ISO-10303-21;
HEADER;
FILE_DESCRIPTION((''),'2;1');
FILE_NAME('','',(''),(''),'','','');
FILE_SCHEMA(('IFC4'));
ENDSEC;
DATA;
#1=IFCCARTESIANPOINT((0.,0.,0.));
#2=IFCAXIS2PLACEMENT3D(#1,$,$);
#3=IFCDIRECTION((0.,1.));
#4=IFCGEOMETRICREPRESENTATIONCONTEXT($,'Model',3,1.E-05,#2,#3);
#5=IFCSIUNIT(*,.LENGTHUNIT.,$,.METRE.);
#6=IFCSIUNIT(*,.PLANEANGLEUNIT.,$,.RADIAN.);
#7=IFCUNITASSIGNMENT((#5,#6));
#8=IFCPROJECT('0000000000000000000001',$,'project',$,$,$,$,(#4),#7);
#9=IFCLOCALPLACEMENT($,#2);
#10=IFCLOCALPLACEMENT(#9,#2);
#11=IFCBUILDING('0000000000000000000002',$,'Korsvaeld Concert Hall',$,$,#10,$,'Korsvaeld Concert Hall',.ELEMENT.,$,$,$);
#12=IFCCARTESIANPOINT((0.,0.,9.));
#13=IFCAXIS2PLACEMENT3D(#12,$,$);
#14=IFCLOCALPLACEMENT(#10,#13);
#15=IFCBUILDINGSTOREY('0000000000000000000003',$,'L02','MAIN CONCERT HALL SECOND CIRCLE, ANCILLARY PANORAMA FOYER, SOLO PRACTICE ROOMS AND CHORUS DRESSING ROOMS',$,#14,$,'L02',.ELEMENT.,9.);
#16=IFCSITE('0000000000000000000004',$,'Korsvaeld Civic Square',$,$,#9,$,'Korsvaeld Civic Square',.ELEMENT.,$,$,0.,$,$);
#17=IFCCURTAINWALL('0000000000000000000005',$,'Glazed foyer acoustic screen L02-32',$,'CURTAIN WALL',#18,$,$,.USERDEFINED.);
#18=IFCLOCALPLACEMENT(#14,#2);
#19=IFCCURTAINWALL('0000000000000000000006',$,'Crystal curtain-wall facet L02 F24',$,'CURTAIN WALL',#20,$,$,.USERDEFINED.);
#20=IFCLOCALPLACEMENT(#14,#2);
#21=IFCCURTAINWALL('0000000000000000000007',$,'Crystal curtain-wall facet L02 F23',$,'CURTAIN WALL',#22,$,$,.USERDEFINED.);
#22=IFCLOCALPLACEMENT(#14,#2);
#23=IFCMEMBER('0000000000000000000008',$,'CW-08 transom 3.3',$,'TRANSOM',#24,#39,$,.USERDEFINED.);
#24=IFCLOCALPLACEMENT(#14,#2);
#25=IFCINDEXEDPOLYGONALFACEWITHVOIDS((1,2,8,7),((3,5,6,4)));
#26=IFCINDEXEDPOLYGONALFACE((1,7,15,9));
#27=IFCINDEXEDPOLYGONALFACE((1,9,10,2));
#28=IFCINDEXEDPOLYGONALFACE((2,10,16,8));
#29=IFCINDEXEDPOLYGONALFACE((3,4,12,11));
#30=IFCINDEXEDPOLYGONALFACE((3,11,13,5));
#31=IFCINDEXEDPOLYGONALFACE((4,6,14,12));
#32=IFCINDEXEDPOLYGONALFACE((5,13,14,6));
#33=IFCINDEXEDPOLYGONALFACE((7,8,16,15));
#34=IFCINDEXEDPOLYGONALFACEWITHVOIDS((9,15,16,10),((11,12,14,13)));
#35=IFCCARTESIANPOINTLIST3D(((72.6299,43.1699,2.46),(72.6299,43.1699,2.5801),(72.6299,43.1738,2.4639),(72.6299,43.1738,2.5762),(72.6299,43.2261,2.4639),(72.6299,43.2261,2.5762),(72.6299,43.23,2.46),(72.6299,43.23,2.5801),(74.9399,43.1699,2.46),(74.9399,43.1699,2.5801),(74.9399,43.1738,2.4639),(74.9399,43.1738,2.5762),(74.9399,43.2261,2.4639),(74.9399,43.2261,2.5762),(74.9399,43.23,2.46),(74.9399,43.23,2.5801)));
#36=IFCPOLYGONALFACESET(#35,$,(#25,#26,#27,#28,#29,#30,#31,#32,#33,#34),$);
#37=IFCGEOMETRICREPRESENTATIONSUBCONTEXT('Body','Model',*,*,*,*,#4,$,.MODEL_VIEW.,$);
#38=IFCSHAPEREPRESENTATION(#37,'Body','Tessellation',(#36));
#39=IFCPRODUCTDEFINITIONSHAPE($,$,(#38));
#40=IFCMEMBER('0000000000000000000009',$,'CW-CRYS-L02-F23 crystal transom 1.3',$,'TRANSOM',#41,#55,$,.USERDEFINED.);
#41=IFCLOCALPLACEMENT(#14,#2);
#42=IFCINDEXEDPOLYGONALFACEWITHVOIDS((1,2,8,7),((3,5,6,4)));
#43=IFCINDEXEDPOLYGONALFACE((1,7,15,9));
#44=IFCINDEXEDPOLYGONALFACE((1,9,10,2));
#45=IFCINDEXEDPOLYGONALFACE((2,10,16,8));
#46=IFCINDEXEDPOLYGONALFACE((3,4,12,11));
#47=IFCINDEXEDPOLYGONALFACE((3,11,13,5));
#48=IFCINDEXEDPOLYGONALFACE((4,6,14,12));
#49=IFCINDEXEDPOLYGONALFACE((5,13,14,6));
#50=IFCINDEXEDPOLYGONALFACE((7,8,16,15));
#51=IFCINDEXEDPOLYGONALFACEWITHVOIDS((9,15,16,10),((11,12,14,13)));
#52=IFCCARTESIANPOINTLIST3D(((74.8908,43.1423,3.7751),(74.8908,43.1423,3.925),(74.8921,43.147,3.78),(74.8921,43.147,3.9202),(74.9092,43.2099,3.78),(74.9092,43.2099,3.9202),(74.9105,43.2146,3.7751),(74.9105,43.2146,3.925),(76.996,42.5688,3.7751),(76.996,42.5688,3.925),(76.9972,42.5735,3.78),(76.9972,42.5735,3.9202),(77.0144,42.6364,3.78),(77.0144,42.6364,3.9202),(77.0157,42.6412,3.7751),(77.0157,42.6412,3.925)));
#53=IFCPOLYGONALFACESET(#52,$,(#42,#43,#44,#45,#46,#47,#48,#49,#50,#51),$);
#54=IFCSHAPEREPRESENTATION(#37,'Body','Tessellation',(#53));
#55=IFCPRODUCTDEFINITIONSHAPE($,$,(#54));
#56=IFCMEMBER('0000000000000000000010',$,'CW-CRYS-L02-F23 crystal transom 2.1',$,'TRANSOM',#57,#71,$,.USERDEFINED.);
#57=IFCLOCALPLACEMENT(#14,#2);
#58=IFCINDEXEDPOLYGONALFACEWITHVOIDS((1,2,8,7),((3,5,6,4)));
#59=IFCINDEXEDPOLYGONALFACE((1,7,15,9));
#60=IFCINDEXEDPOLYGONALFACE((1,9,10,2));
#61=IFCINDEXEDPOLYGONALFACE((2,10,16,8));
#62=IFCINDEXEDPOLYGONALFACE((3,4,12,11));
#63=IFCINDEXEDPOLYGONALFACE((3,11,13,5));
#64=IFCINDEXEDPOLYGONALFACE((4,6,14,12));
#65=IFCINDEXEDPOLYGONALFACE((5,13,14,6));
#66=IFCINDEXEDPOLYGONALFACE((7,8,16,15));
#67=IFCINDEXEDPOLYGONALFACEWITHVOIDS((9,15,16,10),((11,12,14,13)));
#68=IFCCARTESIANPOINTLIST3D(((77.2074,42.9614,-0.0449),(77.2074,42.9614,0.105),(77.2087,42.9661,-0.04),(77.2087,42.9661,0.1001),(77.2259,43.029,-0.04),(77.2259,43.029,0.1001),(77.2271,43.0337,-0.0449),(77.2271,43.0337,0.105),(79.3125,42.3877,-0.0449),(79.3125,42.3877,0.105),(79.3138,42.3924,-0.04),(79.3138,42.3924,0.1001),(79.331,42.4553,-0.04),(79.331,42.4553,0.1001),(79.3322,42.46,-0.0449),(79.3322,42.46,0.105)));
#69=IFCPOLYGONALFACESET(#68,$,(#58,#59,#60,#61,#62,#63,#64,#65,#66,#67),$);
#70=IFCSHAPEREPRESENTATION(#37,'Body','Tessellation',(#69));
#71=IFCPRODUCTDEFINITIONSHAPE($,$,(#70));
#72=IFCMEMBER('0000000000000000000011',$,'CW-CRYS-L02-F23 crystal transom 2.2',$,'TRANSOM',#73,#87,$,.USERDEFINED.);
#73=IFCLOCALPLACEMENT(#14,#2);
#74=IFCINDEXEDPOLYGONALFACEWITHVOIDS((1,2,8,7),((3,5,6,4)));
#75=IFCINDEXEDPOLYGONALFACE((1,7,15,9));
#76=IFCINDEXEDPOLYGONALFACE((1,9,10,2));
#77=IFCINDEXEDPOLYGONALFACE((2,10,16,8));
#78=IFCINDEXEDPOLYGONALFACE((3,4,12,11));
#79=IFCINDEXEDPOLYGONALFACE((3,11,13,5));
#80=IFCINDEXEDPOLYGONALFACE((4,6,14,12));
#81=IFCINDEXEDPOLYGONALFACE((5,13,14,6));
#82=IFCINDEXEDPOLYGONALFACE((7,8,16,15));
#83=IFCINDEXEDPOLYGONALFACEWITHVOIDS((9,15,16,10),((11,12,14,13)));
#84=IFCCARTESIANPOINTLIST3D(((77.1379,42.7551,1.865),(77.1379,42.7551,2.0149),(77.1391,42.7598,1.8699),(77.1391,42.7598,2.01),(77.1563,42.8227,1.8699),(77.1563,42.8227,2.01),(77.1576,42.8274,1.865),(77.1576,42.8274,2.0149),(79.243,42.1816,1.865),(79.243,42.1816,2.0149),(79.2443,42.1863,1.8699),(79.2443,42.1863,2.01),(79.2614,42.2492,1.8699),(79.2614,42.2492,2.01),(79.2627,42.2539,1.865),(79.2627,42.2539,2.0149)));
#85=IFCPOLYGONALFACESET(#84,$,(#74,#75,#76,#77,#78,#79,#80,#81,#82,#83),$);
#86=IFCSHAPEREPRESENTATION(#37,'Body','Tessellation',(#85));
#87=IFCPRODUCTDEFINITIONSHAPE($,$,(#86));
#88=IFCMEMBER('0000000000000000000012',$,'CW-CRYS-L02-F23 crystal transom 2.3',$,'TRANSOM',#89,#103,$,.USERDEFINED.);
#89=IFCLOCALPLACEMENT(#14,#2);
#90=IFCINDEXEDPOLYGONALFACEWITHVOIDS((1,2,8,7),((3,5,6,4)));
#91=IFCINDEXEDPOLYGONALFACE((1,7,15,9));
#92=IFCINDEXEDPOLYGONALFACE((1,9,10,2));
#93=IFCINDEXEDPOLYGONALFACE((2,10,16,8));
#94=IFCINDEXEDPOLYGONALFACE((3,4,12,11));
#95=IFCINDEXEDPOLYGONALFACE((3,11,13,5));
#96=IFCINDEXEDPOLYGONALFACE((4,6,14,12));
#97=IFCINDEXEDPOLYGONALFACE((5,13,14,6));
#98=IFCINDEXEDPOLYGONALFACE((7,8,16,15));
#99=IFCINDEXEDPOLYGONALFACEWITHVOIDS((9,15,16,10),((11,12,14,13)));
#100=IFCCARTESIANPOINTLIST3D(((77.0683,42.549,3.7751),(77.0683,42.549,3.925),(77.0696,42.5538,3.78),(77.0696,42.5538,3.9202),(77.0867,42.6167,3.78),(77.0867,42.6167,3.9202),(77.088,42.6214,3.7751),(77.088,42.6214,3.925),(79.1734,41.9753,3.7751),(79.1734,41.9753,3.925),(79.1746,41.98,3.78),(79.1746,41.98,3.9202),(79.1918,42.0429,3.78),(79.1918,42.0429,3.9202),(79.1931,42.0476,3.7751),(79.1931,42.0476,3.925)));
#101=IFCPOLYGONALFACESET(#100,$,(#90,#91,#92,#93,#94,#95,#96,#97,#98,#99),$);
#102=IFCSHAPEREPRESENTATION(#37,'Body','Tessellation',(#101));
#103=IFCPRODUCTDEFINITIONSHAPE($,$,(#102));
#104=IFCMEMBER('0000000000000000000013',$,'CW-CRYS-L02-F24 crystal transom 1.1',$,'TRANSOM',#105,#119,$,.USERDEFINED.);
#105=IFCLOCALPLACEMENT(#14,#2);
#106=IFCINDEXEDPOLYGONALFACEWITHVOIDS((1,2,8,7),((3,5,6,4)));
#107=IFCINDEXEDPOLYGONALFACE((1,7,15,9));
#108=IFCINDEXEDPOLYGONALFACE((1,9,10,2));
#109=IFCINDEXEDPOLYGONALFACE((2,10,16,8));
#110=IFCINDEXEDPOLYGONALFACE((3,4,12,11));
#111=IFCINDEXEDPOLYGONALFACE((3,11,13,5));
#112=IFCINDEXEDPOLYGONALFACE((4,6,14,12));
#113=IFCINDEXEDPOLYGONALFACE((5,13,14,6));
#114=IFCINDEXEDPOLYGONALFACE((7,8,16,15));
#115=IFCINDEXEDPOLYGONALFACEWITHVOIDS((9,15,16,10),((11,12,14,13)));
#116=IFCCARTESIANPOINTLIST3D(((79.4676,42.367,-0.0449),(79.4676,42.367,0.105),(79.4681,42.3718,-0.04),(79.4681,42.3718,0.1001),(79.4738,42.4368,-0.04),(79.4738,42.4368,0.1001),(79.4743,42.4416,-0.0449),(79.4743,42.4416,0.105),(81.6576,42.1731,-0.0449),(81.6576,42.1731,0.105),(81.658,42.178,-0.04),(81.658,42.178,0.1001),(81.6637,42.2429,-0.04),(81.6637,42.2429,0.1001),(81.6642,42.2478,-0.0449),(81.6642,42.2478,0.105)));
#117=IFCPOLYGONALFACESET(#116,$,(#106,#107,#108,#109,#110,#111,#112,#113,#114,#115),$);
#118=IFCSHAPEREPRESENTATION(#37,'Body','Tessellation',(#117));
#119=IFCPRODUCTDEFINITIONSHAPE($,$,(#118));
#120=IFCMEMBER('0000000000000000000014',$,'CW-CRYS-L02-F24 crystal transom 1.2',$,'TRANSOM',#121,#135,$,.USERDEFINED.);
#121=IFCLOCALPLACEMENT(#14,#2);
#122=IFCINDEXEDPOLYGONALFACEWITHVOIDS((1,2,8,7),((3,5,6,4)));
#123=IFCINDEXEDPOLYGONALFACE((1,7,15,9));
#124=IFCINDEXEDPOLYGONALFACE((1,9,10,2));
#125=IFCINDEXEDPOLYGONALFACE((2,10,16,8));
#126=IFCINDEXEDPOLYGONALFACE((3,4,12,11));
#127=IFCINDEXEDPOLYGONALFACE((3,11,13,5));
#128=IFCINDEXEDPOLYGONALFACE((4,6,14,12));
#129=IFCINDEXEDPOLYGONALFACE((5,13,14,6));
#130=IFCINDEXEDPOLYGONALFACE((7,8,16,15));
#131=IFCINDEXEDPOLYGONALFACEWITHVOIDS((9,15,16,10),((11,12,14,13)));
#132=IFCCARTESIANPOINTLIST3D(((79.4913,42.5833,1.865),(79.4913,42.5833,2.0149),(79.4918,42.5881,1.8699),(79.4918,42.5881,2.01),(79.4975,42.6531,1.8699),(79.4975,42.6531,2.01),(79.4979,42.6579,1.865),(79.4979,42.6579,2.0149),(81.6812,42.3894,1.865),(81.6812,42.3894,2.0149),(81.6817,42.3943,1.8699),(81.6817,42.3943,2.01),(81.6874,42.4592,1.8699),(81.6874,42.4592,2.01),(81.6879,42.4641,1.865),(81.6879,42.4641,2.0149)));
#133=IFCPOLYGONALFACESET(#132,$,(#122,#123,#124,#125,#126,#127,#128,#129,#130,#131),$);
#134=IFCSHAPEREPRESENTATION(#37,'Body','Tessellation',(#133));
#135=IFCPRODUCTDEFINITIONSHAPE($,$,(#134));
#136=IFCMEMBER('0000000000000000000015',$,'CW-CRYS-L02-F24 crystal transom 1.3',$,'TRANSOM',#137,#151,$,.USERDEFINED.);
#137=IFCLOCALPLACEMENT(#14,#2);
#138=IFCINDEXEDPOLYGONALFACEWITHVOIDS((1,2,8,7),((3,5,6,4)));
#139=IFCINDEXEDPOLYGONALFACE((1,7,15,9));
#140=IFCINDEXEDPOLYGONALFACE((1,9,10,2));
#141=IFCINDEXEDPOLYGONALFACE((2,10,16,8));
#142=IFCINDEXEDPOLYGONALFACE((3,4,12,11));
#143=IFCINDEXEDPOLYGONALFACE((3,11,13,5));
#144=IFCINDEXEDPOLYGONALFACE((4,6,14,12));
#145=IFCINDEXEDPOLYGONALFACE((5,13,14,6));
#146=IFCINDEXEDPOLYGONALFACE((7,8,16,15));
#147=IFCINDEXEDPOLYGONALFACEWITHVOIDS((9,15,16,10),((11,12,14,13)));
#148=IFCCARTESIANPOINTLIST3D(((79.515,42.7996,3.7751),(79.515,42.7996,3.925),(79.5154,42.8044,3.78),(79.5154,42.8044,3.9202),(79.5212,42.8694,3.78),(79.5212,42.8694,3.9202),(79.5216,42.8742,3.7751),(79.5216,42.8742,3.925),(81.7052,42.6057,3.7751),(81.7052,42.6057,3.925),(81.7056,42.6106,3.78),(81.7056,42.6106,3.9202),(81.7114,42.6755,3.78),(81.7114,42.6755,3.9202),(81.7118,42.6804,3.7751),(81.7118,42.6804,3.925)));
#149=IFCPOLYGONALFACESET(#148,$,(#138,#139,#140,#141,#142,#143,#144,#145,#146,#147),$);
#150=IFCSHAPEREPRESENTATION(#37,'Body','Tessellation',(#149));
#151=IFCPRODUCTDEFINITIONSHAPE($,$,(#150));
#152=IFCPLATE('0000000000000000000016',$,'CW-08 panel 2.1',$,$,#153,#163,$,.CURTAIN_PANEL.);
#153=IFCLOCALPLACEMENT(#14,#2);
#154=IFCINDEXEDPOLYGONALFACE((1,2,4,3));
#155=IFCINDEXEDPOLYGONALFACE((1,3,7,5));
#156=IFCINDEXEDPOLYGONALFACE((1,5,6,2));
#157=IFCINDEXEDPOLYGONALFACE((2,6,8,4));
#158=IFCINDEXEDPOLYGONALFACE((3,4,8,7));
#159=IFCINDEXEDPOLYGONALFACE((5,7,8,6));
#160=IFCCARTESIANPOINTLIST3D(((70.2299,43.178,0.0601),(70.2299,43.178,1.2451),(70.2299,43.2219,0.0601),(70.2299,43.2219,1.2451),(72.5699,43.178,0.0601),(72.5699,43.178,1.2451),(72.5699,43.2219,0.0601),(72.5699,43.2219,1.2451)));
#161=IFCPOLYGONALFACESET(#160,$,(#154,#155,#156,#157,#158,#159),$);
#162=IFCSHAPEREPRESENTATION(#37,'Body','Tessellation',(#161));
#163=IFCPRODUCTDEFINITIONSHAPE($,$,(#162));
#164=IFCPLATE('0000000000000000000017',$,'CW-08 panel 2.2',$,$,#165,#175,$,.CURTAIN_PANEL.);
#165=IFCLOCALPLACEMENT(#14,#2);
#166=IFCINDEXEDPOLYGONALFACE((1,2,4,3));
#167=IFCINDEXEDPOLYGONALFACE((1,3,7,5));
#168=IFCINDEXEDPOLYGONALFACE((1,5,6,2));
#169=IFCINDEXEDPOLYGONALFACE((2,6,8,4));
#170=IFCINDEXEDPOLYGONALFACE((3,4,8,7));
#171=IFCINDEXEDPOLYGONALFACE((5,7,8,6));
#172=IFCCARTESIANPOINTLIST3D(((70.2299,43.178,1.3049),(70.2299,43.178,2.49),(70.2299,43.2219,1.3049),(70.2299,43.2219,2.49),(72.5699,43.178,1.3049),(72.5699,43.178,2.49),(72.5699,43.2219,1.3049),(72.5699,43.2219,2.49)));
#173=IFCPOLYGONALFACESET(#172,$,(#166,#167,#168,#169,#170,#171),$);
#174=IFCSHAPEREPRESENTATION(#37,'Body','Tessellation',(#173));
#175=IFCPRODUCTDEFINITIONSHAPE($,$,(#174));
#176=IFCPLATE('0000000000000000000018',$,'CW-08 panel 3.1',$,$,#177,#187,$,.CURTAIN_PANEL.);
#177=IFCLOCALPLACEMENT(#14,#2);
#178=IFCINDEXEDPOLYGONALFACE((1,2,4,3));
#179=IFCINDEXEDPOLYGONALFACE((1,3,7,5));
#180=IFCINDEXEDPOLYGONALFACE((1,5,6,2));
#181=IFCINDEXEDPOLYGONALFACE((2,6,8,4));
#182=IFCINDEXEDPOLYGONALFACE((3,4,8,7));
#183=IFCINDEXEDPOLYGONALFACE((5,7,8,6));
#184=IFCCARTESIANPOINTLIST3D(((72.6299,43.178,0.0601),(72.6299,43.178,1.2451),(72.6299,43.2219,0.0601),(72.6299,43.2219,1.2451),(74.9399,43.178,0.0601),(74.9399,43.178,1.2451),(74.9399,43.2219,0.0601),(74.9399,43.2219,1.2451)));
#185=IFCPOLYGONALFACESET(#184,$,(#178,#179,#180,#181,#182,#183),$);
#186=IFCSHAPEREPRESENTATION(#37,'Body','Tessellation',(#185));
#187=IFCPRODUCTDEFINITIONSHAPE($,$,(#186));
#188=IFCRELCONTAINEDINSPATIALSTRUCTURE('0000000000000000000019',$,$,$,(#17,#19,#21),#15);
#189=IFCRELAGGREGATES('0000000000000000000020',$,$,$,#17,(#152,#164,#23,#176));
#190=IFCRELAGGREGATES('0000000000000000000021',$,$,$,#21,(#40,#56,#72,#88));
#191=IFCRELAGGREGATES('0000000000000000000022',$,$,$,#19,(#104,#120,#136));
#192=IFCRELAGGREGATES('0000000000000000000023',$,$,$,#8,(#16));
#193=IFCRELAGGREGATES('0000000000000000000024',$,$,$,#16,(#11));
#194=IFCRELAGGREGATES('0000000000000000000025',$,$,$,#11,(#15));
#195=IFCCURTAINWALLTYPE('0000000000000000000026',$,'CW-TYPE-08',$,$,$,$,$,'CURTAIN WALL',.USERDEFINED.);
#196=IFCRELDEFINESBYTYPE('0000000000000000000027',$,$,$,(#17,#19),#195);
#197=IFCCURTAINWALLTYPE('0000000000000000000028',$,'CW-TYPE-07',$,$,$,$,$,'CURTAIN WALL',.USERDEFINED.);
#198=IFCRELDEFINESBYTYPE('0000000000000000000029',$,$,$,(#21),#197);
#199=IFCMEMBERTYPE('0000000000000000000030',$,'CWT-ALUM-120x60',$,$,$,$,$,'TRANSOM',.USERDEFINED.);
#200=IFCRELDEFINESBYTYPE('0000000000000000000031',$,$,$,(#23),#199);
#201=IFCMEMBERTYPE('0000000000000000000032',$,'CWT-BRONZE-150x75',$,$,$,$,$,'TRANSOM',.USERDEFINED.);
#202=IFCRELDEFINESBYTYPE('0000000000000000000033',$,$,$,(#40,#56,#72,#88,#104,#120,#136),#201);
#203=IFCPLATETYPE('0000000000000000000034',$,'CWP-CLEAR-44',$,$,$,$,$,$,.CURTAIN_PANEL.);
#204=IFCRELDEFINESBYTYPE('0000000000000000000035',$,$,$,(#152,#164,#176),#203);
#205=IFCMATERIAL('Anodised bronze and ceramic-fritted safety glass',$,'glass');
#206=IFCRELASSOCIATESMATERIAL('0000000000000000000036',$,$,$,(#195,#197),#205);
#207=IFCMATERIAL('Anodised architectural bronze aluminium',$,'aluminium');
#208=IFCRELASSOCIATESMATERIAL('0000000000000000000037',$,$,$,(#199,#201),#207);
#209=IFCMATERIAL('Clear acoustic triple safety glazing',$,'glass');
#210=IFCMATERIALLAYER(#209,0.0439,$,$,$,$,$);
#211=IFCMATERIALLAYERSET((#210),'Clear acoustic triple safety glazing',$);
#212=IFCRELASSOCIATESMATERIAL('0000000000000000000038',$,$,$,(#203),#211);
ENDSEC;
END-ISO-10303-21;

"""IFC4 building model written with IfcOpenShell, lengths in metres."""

from ifc_helpers import new_model, si_unit, direction, frame, origin, origin_2d, place, context, subcontext, project, spatial, rectangle, hollow_rectangle, extrude, material, layer, layer_set, material_profile, profile_set, type_object, element, aggregate, save


model = new_model("IFC4")

# Units and contexts
model_context = context("Model", 3, precision=1e-05, world=origin(), true_north=direction((0.0, 1.0)))
body_context = subcontext(model_context, "Body", "Model", "MODEL_VIEW")
ifc_project = project(units=[si_unit("LENGTHUNIT", "METRE"), si_unit("PLANEANGLEUNIT", "RADIAN")], contexts=[model_context])

# Site, building, storey
site_placement = place(None, origin())
site = spatial("IfcSite", under=ifc_project, at=site_placement, Name="Korsvaeld Civic Square", LongName="Korsvaeld Civic Square", CompositionType="ELEMENT", RefElevation=0.0)
building_placement = place(site_placement, origin())
building = spatial("IfcBuilding", under=site, at=building_placement, Name="Korsvaeld Concert Hall", LongName="Korsvaeld Concert Hall", CompositionType="ELEMENT")
storey_placement = place(building_placement, frame((0.0, 0.0, 9.0)))
storey = spatial("IfcBuildingStorey", under=building, at=storey_placement, Name="L02", Description="MAIN CONCERT HALL SECOND CIRCLE, ANCILLARY PANORAMA FOYER, SOLO PRACTICE ROOMS AND CHORUS DRESSING ROOMS", LongName="L02", CompositionType="ELEMENT", Elevation=9.0)

# Curtain walls
ifc_material_1 = material(Name="Anodised bronze and ceramic-fritted safety glass", Category="glass")
curtain_wall_type_1 = type_object("IfcCurtainWallType", Name="CW-TYPE-08", ElementType="CURTAIN WALL", PredefinedType="USERDEFINED", material=ifc_material_1)
curtain_wall_1_placement = place(storey_placement, origin())
curtain_wall_1 = element("IfcCurtainWall", 1, at=curtain_wall_1_placement, inside=storey, type_object=curtain_wall_type_1, Name="Glazed foyer acoustic screen L02-32", ObjectType="CURTAIN WALL", PredefinedType="USERDEFINED")
ifc_material_2 = material(Name="Anodised architectural bronze aluminium", Category="aluminium")
curtain_wall_2_placement = place(storey_placement, origin())
curtain_wall_2 = element("IfcCurtainWall", 2, at=curtain_wall_2_placement, inside=storey, type_object=curtain_wall_type_1, Name="Crystal curtain-wall facet L02 F24", ObjectType="CURTAIN WALL", PredefinedType="USERDEFINED")

# Curtain wall
curtain_wall_type_2 = type_object("IfcCurtainWallType", Name="CW-TYPE-07", ElementType="CURTAIN WALL", PredefinedType="USERDEFINED", material=ifc_material_1)
curtain_wall_3_placement = place(storey_placement, origin())
curtain_wall_3 = element("IfcCurtainWall", 3, at=curtain_wall_3_placement, inside=storey, type_object=curtain_wall_type_2, Name="Crystal curtain-wall facet L02 F23", ObjectType="CURTAIN WALL", PredefinedType="USERDEFINED")

# Members
ifc_material_profile_1 = material_profile(ifc_material_2, hollow_rectangle(XDim=0.0601, YDim=0.1201, WallThickness=0.0039, at=origin_2d()), Name="CWT 120x60x4")
ifc_profile_set_1 = profile_set([ifc_material_profile_1], Name="Anodised architectural bronze aluminium")
member_type_1 = type_object("IfcMemberType", Name="CWT-ALUM-120x60", ElementType="TRANSOM", PredefinedType="USERDEFINED", material=ifc_profile_set_1)
member_1_placement = place(storey_placement, frame((72.6299, 43.2, 2.52), z_axis=(1.0, 0.0, 0.0), x_axis=(0.0, 1.0, 0.0)))
member_1 = element("IfcMember", 4, at=member_1_placement, type_object=member_type_1, Name="CW-08 transom 3.3", ObjectType="TRANSOM", PredefinedType="USERDEFINED", context=body_context, shape_type="SweptSolid", body=[
    extrude(hollow_rectangle(XDim=0.0601, YDim=0.1201, WallThickness=0.0039, at=origin_2d()), origin(), (0.0, 0.0, 1.0), 2.3101),
])
ifc_material_profile_2 = material_profile(ifc_material_2, hollow_rectangle(XDim=0.075, YDim=0.1499, WallThickness=0.0049, at=origin_2d()), Name="CWT 150x75x5")
ifc_profile_set_2 = profile_set([ifc_material_profile_2], Name="Anodised architectural bronze aluminium")
member_type_2 = type_object("IfcMemberType", Name="CWT-BRONZE-150x75", ElementType="TRANSOM", PredefinedType="USERDEFINED", material=ifc_profile_set_2)
member_2_placement = place(storey_placement, frame((74.9006, 43.1785, 3.8501), z_axis=(0.964841, -0.262833, 0.0), x_axis=(0.262833, 0.964841, 0.0)))
member_2 = element("IfcMember", 5, at=member_2_placement, type_object=member_type_2, Name="CW-CRYS-L02-F23 crystal transom 1.3", ObjectType="TRANSOM", PredefinedType="USERDEFINED", context=body_context, shape_type="SweptSolid", body=[
    extrude(hollow_rectangle(XDim=0.075, YDim=0.1499, WallThickness=0.0049, at=origin_2d()), origin(), (0.0, 0.0, 1.0), 2.1819),
])
member_3_placement = place(storey_placement, frame((77.2173, 42.9976, 0.03), z_axis=(0.964813, -0.262938, 0.0), x_axis=(0.262938, 0.964813, 0.0)))
member_3 = element("IfcMember", 6, at=member_3_placement, type_object=member_type_2, Name="CW-CRYS-L02-F23 crystal transom 2.1", ObjectType="TRANSOM", PredefinedType="USERDEFINED", context=body_context, shape_type="SweptSolid", body=[
    extrude(hollow_rectangle(XDim=0.075, YDim=0.1499, WallThickness=0.0049, at=origin_2d()), origin(), (0.0, 0.0, 1.0), 2.1819),
])
member_4_placement = place(storey_placement, frame((77.1477, 42.7913, 1.9399), z_axis=(0.964841, -0.262833, 0.0), x_axis=(0.262833, 0.964841, 0.0)))
member_4 = element("IfcMember", 7, at=member_4_placement, type_object=member_type_2, Name="CW-CRYS-L02-F23 crystal transom 2.2", ObjectType="TRANSOM", PredefinedType="USERDEFINED", context=body_context, shape_type="SweptSolid", body=[
    extrude(hollow_rectangle(XDim=0.075, YDim=0.1499, WallThickness=0.0049, at=origin_2d()), origin(), (0.0, 0.0, 1.0), 2.1819),
])
member_5_placement = place(storey_placement, frame((77.0781, 42.5852, 3.8501), z_axis=(0.964805, -0.262966, 0.0), x_axis=(0.262966, 0.964805, 0.0)))
member_5 = element("IfcMember", 8, at=member_5_placement, type_object=member_type_2, Name="CW-CRYS-L02-F23 crystal transom 2.3", ObjectType="TRANSOM", PredefinedType="USERDEFINED", context=body_context, shape_type="SweptSolid", body=[
    extrude(hollow_rectangle(XDim=0.075, YDim=0.1499, WallThickness=0.0049, at=origin_2d()), origin(), (0.0, 0.0, 1.0), 2.1819),
])
member_6_placement = place(storey_placement, frame((79.4709, 42.4043, 0.03), z_axis=(0.996105, -0.088173, 0.0), x_axis=(0.088173, 0.996105, 0.0)))
member_6 = element("IfcMember", 9, at=member_6_placement, type_object=member_type_2, Name="CW-CRYS-L02-F24 crystal transom 1.1", ObjectType="TRANSOM", PredefinedType="USERDEFINED", context=body_context, shape_type="SweptSolid", body=[
    extrude(hollow_rectangle(XDim=0.075, YDim=0.1499, WallThickness=0.0049, at=origin_2d()), origin(), (0.0, 0.0, 1.0), 2.1985),
])
member_7_placement = place(storey_placement, frame((79.4946, 42.6206, 1.9399), z_axis=(0.996105, -0.088173, 0.0), x_axis=(0.088173, 0.996105, 0.0)))
member_7 = element("IfcMember", 10, at=member_7_placement, type_object=member_type_2, Name="CW-CRYS-L02-F24 crystal transom 1.2", ObjectType="TRANSOM", PredefinedType="USERDEFINED", context=body_context, shape_type="SweptSolid", body=[
    extrude(hollow_rectangle(XDim=0.075, YDim=0.1499, WallThickness=0.0049, at=origin_2d()), origin(), (0.0, 0.0, 1.0), 2.1985),
])
member_8_placement = place(storey_placement, frame((79.5183, 42.8369, 3.8501), z_axis=(0.996106, -0.088163, 0.0), x_axis=(0.088163, 0.996106, 0.0)))
member_8 = element("IfcMember", 11, at=member_8_placement, type_object=member_type_2, Name="CW-CRYS-L02-F24 crystal transom 1.3", ObjectType="TRANSOM", PredefinedType="USERDEFINED", context=body_context, shape_type="SweptSolid", body=[
    extrude(hollow_rectangle(XDim=0.075, YDim=0.1499, WallThickness=0.0049, at=origin_2d()), origin(), (0.0, 0.0, 1.0), 2.1987),
])

# Plates
ifc_material_3 = material(Name="Clear acoustic triple safety glazing", Category="glass")
ifc_layer_1 = layer(ifc_material_3, 0.0439)
ifc_layer_set_1 = layer_set([ifc_layer_1], Name="Clear acoustic triple safety glazing")
plate_type_1 = type_object("IfcPlateType", Name="CWP-CLEAR-44", PredefinedType="CURTAIN_PANEL", material=ifc_layer_set_1)
plate_1_placement = place(storey_placement, frame((71.3999, 43.2, 0.0601), z_axis=(0.0, 0.0, 1.0), x_axis=(1.0, 0.0, 0.0)))
plate_1 = element("IfcPlate", 12, at=plate_1_placement, type_object=plate_type_1, Name="CW-08 panel 2.1", PredefinedType="CURTAIN_PANEL", context=body_context, shape_type="SweptSolid", body=[
    extrude(rectangle(XDim=2.3401, YDim=0.0439, at=origin_2d()), origin(), (0.0, 0.0, 1.0), 1.1851),
])
plate_2_placement = place(storey_placement, frame((71.3999, 43.2, 1.3049), z_axis=(0.0, 0.0, 1.0), x_axis=(1.0, 0.0, 0.0)))
plate_2 = element("IfcPlate", 13, at=plate_2_placement, type_object=plate_type_1, Name="CW-08 panel 2.2", PredefinedType="CURTAIN_PANEL", context=body_context, shape_type="SweptSolid", body=[
    extrude(rectangle(XDim=2.3401, YDim=0.0439, at=origin_2d()), origin(), (0.0, 0.0, 1.0), 1.1851),
])
plate_3_placement = place(storey_placement, frame((73.7849, 43.2, 0.0601), z_axis=(0.0, 0.0, 1.0), x_axis=(1.0, 0.0, 0.0)))
plate_3 = element("IfcPlate", 14, at=plate_3_placement, type_object=plate_type_1, Name="CW-08 panel 3.1", PredefinedType="CURTAIN_PANEL", context=body_context, shape_type="SweptSolid", body=[
    extrude(rectangle(XDim=2.3101, YDim=0.0439, at=origin_2d()), origin(), (0.0, 0.0, 1.0), 1.1851),
])
aggregate(curtain_wall_1, [plate_1, plate_2, member_1, plate_3])
aggregate(curtain_wall_3, [member_2, member_3, member_4, member_5])
aggregate(curtain_wall_2, [member_6, member_7, member_8])

save(model, "model.ifc")
